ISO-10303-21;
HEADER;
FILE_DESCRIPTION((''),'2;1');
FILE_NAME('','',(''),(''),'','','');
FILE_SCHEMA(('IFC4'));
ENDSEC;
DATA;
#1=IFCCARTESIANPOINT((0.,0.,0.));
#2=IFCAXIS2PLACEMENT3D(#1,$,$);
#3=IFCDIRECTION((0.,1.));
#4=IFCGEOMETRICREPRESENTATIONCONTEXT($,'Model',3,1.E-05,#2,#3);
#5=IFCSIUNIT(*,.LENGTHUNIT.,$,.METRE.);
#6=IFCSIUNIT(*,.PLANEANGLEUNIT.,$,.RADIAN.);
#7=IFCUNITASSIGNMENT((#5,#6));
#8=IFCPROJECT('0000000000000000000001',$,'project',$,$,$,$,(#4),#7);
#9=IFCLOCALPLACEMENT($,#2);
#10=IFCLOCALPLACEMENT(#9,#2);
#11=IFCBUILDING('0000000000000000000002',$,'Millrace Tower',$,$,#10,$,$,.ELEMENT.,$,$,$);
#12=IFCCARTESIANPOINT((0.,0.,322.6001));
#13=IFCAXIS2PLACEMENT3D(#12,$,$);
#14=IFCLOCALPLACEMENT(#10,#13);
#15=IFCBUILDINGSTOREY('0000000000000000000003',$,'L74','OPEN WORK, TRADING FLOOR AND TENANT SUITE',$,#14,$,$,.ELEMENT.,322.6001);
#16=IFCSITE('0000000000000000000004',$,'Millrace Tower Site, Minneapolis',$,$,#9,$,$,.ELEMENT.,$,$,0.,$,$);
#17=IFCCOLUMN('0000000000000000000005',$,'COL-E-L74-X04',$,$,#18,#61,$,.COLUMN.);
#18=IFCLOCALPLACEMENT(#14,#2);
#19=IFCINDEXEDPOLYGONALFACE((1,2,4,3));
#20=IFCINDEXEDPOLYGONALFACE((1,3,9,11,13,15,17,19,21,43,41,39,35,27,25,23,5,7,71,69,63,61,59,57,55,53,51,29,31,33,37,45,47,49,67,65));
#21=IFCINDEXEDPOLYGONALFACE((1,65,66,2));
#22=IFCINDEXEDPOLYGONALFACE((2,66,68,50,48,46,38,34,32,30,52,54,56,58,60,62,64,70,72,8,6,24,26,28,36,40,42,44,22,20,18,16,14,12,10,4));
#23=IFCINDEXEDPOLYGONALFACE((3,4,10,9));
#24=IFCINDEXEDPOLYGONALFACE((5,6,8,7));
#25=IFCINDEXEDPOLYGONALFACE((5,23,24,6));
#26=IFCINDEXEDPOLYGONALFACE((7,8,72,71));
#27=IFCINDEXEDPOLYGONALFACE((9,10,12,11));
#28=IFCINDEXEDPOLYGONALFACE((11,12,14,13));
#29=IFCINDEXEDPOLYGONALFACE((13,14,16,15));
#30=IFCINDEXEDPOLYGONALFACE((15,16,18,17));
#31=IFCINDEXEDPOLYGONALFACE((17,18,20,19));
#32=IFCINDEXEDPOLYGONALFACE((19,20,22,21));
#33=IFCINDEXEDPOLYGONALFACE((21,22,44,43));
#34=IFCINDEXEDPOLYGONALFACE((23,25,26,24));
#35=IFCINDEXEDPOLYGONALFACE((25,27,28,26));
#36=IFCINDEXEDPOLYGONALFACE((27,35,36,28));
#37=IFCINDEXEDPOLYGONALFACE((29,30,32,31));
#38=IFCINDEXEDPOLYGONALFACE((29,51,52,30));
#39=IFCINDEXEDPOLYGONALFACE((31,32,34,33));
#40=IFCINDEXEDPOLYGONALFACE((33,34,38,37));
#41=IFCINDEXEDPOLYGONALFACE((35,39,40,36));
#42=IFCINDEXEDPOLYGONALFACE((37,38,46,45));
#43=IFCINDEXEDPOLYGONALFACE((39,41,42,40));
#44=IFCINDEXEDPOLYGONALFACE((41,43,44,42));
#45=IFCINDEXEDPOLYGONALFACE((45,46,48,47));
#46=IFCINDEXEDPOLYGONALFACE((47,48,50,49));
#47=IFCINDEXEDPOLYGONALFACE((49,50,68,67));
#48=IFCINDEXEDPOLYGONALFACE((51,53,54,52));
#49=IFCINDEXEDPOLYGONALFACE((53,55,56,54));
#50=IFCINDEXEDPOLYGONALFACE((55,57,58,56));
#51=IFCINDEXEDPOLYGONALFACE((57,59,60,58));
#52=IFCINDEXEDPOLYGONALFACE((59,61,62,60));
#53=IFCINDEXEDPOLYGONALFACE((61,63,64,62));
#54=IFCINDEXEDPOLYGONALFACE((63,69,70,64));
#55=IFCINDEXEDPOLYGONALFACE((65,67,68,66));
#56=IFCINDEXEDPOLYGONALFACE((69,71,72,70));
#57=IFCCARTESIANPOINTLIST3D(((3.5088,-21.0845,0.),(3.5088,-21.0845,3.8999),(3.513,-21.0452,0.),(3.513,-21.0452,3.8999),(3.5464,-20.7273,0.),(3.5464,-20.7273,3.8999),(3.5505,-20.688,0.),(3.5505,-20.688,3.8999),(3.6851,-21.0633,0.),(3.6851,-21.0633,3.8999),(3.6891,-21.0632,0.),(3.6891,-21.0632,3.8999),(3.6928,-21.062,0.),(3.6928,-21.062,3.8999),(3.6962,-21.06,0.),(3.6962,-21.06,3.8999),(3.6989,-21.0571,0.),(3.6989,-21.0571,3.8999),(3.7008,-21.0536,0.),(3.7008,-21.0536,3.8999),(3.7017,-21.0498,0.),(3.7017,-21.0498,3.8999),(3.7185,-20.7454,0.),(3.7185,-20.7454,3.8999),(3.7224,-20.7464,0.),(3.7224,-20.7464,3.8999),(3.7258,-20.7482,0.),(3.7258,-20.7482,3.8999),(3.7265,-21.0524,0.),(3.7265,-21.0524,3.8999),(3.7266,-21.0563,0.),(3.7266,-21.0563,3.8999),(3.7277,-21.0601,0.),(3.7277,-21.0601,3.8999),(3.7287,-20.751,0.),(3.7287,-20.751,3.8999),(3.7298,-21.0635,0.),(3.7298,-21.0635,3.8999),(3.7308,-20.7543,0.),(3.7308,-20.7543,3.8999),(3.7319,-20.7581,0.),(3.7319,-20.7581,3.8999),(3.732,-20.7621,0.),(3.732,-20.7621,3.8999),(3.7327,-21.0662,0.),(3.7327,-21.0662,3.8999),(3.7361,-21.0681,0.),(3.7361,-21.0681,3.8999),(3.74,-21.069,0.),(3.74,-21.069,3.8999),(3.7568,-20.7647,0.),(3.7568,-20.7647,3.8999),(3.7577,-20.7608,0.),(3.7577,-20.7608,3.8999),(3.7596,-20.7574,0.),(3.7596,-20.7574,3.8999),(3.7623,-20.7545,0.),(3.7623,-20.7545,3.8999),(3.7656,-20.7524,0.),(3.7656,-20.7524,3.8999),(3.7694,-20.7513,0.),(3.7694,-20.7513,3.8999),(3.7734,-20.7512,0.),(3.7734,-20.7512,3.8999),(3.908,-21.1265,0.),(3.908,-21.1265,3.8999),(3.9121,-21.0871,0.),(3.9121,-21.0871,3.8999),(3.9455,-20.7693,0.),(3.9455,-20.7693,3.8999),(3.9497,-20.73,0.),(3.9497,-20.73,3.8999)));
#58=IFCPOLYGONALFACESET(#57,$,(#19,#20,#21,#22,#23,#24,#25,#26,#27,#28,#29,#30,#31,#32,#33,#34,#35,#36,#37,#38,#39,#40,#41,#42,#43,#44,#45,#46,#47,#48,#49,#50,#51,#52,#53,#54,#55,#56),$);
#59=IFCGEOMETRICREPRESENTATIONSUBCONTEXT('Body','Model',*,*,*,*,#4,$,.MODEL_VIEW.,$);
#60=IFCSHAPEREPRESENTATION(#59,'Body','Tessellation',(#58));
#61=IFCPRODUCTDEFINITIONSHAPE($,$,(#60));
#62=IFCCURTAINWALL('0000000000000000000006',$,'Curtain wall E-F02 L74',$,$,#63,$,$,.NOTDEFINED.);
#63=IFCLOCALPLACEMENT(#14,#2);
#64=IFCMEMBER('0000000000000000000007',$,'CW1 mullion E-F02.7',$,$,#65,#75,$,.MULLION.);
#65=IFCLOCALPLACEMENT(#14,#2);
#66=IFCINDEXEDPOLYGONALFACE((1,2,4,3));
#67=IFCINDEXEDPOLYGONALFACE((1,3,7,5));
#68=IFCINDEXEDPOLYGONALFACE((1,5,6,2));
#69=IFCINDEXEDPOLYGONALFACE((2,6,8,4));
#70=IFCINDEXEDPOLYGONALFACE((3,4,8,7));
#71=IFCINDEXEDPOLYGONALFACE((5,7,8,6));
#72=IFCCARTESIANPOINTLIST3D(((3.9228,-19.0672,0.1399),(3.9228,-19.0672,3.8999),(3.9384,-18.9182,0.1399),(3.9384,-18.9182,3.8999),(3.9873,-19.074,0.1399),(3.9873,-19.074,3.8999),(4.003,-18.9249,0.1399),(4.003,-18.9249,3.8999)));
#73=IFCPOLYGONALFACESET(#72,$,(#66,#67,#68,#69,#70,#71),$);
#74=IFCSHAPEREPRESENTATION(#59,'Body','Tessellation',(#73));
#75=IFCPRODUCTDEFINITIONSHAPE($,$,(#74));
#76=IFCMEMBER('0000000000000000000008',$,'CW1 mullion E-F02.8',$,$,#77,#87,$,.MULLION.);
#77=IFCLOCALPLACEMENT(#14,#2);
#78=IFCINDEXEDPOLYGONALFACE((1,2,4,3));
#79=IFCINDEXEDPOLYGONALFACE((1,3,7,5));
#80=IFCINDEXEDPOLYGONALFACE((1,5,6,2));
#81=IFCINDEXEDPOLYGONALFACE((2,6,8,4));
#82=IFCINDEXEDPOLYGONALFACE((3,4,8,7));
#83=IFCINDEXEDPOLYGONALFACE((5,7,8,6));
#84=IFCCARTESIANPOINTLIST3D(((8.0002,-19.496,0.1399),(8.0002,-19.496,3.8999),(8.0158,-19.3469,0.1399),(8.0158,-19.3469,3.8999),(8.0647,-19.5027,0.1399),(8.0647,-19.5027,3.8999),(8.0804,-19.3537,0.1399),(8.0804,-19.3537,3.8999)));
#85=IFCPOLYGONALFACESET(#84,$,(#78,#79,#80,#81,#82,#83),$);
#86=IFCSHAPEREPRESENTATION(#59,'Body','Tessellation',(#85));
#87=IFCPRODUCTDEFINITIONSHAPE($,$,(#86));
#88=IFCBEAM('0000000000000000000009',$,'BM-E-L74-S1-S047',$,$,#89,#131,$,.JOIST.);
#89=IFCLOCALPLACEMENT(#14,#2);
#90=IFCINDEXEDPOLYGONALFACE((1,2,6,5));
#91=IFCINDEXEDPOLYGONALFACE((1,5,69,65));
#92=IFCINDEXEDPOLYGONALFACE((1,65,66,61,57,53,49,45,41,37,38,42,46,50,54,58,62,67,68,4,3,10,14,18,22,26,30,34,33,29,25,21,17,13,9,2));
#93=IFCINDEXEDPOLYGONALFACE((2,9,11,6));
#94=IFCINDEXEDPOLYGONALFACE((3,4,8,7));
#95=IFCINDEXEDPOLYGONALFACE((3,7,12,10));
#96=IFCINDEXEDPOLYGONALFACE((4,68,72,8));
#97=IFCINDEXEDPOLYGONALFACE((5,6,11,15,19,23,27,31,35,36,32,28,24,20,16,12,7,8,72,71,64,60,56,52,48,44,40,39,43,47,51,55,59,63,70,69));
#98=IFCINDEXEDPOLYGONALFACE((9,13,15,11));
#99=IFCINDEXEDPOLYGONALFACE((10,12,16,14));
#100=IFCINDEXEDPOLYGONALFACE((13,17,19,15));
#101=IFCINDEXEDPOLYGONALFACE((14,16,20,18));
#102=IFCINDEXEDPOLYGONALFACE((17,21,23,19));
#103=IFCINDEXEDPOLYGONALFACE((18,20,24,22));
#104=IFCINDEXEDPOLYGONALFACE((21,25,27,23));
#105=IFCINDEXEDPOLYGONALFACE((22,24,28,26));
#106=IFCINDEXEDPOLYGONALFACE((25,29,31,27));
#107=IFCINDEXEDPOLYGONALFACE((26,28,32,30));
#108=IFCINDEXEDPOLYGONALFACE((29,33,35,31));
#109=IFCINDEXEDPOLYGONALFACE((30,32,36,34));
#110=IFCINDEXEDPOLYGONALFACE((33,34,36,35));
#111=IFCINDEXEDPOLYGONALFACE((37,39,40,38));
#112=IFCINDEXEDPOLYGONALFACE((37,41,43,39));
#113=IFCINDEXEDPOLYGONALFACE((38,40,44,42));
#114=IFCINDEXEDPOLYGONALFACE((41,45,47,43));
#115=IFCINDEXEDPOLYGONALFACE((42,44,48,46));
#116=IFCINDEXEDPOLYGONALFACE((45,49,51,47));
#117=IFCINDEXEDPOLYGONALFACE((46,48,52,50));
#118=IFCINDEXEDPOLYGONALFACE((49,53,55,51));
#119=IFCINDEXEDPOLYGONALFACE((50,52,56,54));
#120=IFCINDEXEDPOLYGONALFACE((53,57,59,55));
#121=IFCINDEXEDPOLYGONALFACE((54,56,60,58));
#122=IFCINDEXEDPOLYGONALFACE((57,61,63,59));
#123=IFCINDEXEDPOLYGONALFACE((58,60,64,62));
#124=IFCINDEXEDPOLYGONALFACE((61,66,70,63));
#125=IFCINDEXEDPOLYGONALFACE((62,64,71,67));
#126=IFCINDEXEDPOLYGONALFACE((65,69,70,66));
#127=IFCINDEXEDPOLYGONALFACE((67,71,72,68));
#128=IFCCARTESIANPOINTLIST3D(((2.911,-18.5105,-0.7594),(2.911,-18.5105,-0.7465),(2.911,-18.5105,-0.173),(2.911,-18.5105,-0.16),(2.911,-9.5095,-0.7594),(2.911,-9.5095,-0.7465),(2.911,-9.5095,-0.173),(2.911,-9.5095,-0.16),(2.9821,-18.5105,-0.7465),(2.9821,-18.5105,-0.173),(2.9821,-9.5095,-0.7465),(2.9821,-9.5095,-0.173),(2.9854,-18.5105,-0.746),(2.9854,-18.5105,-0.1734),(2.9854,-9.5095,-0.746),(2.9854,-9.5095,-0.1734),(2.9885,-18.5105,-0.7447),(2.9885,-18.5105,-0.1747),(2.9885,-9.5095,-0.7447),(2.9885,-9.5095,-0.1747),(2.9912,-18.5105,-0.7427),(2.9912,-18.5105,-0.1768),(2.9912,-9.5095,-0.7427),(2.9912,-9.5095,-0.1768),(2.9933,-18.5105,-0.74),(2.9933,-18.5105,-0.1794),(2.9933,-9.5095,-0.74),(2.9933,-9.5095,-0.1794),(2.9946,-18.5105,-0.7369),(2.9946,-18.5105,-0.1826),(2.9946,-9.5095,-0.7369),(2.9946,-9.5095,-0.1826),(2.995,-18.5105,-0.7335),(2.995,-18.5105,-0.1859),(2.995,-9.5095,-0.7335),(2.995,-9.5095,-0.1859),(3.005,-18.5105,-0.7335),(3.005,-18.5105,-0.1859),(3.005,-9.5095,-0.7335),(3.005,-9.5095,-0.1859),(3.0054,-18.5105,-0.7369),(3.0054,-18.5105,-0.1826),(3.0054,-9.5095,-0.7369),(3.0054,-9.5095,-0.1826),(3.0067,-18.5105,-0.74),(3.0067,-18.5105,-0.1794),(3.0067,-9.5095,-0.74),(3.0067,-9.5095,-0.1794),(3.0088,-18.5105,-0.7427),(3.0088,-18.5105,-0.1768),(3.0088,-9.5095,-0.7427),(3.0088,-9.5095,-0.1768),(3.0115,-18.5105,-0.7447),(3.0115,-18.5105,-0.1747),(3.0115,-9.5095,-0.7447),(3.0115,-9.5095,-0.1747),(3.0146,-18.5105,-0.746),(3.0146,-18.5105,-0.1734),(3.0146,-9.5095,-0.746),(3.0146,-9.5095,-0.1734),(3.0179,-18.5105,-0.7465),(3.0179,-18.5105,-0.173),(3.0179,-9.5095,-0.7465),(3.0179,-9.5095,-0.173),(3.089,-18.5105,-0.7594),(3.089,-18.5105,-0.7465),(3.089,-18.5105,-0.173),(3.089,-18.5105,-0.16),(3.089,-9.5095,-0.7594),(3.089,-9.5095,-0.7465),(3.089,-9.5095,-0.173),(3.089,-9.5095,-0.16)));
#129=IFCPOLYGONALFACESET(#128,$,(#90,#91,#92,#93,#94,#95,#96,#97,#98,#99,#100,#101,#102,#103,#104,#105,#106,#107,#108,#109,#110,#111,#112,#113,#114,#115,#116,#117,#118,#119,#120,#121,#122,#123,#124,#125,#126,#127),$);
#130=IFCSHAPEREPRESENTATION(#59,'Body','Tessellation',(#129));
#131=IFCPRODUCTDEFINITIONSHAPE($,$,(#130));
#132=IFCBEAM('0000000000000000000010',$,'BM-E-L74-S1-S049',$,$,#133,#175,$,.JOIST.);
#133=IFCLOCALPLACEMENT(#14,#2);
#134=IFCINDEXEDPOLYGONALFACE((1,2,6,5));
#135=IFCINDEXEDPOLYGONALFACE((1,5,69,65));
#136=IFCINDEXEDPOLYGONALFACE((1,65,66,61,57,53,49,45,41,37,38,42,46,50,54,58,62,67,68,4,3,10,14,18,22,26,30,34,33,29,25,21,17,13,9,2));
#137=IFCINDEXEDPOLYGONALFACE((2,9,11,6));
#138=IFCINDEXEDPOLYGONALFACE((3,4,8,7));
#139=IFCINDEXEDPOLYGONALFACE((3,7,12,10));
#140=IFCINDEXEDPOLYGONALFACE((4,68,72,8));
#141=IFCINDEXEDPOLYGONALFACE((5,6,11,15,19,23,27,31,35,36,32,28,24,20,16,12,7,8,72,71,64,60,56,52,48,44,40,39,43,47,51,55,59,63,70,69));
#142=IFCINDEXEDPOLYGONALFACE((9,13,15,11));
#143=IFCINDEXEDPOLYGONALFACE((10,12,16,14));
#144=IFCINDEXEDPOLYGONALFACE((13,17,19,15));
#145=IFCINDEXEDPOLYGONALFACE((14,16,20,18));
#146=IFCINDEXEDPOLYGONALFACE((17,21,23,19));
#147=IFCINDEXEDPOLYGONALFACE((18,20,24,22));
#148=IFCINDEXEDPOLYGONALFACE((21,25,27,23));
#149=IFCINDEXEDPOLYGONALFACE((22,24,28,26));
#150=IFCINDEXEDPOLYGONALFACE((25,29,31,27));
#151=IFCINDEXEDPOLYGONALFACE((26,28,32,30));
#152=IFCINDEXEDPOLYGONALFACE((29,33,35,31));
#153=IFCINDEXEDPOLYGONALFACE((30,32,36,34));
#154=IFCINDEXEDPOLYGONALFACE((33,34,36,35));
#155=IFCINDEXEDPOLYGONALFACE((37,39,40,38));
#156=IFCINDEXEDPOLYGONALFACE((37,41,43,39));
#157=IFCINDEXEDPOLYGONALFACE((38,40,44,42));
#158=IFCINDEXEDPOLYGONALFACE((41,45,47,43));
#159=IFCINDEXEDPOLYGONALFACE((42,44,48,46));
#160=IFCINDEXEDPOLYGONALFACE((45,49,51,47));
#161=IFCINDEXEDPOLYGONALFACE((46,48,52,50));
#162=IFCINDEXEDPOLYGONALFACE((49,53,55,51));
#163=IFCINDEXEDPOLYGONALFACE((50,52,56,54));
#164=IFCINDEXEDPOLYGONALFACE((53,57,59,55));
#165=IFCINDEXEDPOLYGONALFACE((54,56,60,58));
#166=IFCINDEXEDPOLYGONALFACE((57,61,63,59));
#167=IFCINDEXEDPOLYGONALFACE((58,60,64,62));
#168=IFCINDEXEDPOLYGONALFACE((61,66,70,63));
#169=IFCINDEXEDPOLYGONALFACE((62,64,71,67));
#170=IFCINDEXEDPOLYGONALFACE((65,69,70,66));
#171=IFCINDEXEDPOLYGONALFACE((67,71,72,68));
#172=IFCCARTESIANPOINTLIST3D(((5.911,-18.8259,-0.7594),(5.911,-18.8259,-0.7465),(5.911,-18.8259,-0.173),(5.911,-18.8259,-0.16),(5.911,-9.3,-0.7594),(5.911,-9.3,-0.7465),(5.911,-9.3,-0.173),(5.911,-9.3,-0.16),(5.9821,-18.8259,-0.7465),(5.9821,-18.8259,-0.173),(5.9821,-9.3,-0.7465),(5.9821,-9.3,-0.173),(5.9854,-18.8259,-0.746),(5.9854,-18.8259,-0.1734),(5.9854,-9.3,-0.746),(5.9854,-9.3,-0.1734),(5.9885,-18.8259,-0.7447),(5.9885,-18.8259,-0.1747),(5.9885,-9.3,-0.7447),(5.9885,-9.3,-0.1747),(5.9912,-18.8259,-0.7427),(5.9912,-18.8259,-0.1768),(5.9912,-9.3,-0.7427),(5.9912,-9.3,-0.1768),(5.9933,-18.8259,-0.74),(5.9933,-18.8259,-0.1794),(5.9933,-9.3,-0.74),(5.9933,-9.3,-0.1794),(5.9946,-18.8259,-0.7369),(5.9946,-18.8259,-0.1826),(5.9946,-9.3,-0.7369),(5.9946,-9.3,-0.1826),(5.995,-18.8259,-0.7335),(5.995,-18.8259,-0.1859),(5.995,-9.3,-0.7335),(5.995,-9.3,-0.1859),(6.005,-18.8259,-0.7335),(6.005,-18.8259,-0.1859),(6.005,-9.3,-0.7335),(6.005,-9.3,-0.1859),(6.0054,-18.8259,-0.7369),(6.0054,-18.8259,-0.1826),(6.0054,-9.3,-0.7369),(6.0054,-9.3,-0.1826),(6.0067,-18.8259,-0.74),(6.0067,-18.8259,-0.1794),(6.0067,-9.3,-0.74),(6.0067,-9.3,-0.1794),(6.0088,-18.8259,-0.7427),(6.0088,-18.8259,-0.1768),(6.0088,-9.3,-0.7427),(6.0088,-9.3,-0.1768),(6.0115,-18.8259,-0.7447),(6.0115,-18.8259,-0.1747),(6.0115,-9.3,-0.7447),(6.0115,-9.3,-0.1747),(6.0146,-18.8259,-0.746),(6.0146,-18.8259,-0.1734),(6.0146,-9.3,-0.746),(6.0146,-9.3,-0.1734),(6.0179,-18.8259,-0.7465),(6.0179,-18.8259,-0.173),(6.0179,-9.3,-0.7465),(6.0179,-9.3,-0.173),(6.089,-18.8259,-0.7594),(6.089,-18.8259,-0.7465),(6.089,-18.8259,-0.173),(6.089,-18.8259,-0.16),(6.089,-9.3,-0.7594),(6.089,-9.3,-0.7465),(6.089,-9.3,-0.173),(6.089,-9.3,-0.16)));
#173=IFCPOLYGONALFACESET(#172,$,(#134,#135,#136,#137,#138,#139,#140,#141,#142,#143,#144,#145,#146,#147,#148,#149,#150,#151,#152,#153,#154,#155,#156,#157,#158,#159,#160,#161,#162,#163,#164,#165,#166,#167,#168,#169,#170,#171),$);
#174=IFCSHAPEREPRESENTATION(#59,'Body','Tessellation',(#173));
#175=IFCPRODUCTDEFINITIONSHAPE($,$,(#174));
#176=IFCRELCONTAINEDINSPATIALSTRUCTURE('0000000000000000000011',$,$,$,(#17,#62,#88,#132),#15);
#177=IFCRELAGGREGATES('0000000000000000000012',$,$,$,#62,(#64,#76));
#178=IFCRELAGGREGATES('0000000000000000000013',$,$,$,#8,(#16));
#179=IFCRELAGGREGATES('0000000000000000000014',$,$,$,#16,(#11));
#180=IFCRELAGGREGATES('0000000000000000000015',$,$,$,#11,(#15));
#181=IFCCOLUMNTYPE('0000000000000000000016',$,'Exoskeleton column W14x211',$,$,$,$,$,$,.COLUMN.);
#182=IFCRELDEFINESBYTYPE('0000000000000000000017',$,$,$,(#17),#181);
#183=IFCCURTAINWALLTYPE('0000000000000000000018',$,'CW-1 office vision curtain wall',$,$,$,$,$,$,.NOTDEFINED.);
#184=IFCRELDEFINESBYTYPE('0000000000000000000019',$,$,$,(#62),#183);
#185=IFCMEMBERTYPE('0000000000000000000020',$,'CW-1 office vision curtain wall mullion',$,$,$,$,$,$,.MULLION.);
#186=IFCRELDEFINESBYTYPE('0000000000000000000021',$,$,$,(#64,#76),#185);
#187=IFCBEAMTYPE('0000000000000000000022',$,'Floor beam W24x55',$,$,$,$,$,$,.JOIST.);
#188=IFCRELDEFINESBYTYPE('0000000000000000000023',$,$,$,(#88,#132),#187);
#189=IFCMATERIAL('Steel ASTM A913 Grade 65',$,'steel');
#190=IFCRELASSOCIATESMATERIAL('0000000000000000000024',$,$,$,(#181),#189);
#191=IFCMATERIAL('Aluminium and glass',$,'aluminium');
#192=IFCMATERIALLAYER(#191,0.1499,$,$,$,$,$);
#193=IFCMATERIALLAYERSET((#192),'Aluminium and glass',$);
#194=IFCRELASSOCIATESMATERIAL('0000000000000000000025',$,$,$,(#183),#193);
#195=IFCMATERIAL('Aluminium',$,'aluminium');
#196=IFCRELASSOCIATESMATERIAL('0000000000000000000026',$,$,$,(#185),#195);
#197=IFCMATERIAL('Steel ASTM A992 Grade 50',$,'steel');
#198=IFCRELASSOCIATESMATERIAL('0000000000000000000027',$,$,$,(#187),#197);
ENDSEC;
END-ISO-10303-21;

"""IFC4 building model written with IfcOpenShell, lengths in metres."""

from ifc_helpers import new_model, si_unit, direction, frame, origin, origin_2d, place, context, subcontext, project, spatial, rectangle, i_section, extrude, material, layer, layer_set, material_profile, profile_set, type_object, element, aggregate, save


model = new_model("IFC4")

# Units and contexts
model_context = context("Model", 3, precision=1e-05, world=origin(), true_north=direction((0.0, 1.0)))
body_context = subcontext(model_context, "Body", "Model", "MODEL_VIEW")
ifc_project = project(units=[si_unit("LENGTHUNIT", "METRE"), si_unit("PLANEANGLEUNIT", "RADIAN")], contexts=[model_context])

# Site, building, storey
site_placement = place(None, origin())
site = spatial("IfcSite", under=ifc_project, at=site_placement, Name="Millrace Tower Site, Minneapolis", CompositionType="ELEMENT", RefElevation=0.0)
building_placement = place(site_placement, origin())
building = spatial("IfcBuilding", under=site, at=building_placement, Name="Millrace Tower", CompositionType="ELEMENT")
storey_placement = place(building_placement, frame((0.0, 0.0, 322.6001)))
storey = spatial("IfcBuildingStorey", under=building, at=storey_placement, Name="L74", Description="OPEN WORK, TRADING FLOOR AND TENANT SUITE", CompositionType="ELEMENT", Elevation=322.6001)

# Column
ifc_material_1 = material(Name="Steel ASTM A913 Grade 65", Category="steel")
ifc_material_profile_1 = material_profile(ifc_material_1, i_section(OverallWidth=0.4014, OverallDepth=0.3987, WebThickness=0.0249, FlangeThickness=0.0396, FilletRadius=0.0151, at=origin_2d()))
ifc_profile_set_1 = profile_set([ifc_material_profile_1], Name="Steel ASTM A913 Grade 65")
column_type = type_object("IfcColumnType", Name="Exoskeleton column W14x211", PredefinedType="COLUMN", material=ifc_profile_set_1)
column_placement = place(storey_placement, frame((3.7292, -20.9072, 0.0), z_axis=(0.0, 0.0, 1.0), x_axis=(0.994522, -0.104528, 0.0)))
element("IfcColumn", 1, at=column_placement, inside=storey, type_object=column_type, Name="COL-E-L74-X04", PredefinedType="COLUMN", context=body_context, shape_type="SweptSolid", body=[
    extrude(i_section(OverallWidth=0.4014, OverallDepth=0.3987, WebThickness=0.0249, FlangeThickness=0.0396, FilletRadius=0.0151, at=origin_2d()), origin(), (0.0, 0.0, 1.0), 3.8999),
])

# Curtain wall, members
ifc_material_2 = material(Name="Aluminium and glass", Category="aluminium")
ifc_layer_1 = layer(ifc_material_2, 0.1499)
ifc_layer_set_1 = layer_set([ifc_layer_1], Name="Aluminium and glass")
curtain_wall_type = type_object("IfcCurtainWallType", Name="CW-1 office vision curtain wall", PredefinedType="NOTDEFINED", material=ifc_layer_set_1)
placement = place(storey_placement, origin())
curtain_wall = element("IfcCurtainWall", 2, at=placement, inside=storey, type_object=curtain_wall_type, Name="Curtain wall E-F02 L74", PredefinedType="NOTDEFINED")
ifc_material_3 = material(Name="Aluminium", Category="aluminium")
ifc_material_profile_2 = material_profile(ifc_material_3, rectangle(XDim=0.0649, YDim=0.1499, at=origin_2d()))
ifc_profile_set_2 = profile_set([ifc_material_profile_2], Name="Aluminium")
member_type = type_object("IfcMemberType", Name="CW-1 office vision curtain wall mullion", PredefinedType="MULLION", material=ifc_profile_set_2)
member_1_placement = place(storey_placement, frame((3.9629, -18.9961, 0.1399), z_axis=(0.0, 0.0, 1.0), x_axis=(0.994522, -0.104528, 0.0)))
member_1 = element("IfcMember", 3, at=member_1_placement, type_object=member_type, Name="CW1 mullion E-F02.7", PredefinedType="MULLION", context=body_context, shape_type="SweptSolid", body=[
    extrude(rectangle(XDim=0.0649, YDim=0.1499, at=origin_2d()), origin(), (0.0, 0.0, 1.0), 3.76),
])
member_2_placement = place(storey_placement, frame((8.0403, -19.4248, 0.1399), z_axis=(0.0, 0.0, 1.0), x_axis=(0.994522, -0.104528, 0.0)))
member_2 = element("IfcMember", 4, at=member_2_placement, type_object=member_type, Name="CW1 mullion E-F02.8", PredefinedType="MULLION", context=body_context, shape_type="SweptSolid", body=[
    extrude(rectangle(XDim=0.0649, YDim=0.1499, at=origin_2d()), origin(), (0.0, 0.0, 1.0), 3.76),
])
aggregate(curtain_wall, [member_1, member_2])

# Beams
ifc_material_4 = material(Name="Steel ASTM A992 Grade 50", Category="steel")
ifc_material_profile_3 = material_profile(ifc_material_4, i_section(OverallWidth=0.178, OverallDepth=0.5994, WebThickness=0.01, FlangeThickness=0.0129, FilletRadius=0.0129, at=origin_2d()))
ifc_profile_set_3 = profile_set([ifc_material_profile_3], Name="Steel ASTM A992 Grade 50")
beam_type_1 = type_object("IfcBeamType", Name="Floor beam W24x55", PredefinedType="JOIST", material=ifc_profile_set_3)
beam_1_placement = place(storey_placement, frame((3.0, -18.5105, -0.4597), z_axis=(0.0, 1.0, 0.0), x_axis=(-1.0, 0.0, 0.0)))
element("IfcBeam", 5, at=beam_1_placement, inside=storey, type_object=beam_type_1, Name="BM-E-L74-S1-S047", PredefinedType="JOIST", context=body_context, shape_type="SweptSolid", body=[
    extrude(i_section(OverallWidth=0.178, OverallDepth=0.5994, WebThickness=0.01, FlangeThickness=0.0129, FilletRadius=0.0129, at=origin_2d()), origin(), (0.0, 0.0, 1.0), 9.001),
])
beam_2_placement = place(storey_placement, frame((6.0, -18.8259, -0.4597), z_axis=(0.0, 1.0, 0.0), x_axis=(-1.0, 0.0, 0.0)))
element("IfcBeam", 6, at=beam_2_placement, inside=storey, type_object=beam_type_1, Name="BM-E-L74-S1-S049", PredefinedType="JOIST", context=body_context, shape_type="SweptSolid", body=[
    extrude(i_section(OverallWidth=0.178, OverallDepth=0.5994, WebThickness=0.01, FlangeThickness=0.0129, FilletRadius=0.0129, at=origin_2d()), origin(), (0.0, 0.0, 1.0), 9.5259),
])

save(model, "model.ifc")
